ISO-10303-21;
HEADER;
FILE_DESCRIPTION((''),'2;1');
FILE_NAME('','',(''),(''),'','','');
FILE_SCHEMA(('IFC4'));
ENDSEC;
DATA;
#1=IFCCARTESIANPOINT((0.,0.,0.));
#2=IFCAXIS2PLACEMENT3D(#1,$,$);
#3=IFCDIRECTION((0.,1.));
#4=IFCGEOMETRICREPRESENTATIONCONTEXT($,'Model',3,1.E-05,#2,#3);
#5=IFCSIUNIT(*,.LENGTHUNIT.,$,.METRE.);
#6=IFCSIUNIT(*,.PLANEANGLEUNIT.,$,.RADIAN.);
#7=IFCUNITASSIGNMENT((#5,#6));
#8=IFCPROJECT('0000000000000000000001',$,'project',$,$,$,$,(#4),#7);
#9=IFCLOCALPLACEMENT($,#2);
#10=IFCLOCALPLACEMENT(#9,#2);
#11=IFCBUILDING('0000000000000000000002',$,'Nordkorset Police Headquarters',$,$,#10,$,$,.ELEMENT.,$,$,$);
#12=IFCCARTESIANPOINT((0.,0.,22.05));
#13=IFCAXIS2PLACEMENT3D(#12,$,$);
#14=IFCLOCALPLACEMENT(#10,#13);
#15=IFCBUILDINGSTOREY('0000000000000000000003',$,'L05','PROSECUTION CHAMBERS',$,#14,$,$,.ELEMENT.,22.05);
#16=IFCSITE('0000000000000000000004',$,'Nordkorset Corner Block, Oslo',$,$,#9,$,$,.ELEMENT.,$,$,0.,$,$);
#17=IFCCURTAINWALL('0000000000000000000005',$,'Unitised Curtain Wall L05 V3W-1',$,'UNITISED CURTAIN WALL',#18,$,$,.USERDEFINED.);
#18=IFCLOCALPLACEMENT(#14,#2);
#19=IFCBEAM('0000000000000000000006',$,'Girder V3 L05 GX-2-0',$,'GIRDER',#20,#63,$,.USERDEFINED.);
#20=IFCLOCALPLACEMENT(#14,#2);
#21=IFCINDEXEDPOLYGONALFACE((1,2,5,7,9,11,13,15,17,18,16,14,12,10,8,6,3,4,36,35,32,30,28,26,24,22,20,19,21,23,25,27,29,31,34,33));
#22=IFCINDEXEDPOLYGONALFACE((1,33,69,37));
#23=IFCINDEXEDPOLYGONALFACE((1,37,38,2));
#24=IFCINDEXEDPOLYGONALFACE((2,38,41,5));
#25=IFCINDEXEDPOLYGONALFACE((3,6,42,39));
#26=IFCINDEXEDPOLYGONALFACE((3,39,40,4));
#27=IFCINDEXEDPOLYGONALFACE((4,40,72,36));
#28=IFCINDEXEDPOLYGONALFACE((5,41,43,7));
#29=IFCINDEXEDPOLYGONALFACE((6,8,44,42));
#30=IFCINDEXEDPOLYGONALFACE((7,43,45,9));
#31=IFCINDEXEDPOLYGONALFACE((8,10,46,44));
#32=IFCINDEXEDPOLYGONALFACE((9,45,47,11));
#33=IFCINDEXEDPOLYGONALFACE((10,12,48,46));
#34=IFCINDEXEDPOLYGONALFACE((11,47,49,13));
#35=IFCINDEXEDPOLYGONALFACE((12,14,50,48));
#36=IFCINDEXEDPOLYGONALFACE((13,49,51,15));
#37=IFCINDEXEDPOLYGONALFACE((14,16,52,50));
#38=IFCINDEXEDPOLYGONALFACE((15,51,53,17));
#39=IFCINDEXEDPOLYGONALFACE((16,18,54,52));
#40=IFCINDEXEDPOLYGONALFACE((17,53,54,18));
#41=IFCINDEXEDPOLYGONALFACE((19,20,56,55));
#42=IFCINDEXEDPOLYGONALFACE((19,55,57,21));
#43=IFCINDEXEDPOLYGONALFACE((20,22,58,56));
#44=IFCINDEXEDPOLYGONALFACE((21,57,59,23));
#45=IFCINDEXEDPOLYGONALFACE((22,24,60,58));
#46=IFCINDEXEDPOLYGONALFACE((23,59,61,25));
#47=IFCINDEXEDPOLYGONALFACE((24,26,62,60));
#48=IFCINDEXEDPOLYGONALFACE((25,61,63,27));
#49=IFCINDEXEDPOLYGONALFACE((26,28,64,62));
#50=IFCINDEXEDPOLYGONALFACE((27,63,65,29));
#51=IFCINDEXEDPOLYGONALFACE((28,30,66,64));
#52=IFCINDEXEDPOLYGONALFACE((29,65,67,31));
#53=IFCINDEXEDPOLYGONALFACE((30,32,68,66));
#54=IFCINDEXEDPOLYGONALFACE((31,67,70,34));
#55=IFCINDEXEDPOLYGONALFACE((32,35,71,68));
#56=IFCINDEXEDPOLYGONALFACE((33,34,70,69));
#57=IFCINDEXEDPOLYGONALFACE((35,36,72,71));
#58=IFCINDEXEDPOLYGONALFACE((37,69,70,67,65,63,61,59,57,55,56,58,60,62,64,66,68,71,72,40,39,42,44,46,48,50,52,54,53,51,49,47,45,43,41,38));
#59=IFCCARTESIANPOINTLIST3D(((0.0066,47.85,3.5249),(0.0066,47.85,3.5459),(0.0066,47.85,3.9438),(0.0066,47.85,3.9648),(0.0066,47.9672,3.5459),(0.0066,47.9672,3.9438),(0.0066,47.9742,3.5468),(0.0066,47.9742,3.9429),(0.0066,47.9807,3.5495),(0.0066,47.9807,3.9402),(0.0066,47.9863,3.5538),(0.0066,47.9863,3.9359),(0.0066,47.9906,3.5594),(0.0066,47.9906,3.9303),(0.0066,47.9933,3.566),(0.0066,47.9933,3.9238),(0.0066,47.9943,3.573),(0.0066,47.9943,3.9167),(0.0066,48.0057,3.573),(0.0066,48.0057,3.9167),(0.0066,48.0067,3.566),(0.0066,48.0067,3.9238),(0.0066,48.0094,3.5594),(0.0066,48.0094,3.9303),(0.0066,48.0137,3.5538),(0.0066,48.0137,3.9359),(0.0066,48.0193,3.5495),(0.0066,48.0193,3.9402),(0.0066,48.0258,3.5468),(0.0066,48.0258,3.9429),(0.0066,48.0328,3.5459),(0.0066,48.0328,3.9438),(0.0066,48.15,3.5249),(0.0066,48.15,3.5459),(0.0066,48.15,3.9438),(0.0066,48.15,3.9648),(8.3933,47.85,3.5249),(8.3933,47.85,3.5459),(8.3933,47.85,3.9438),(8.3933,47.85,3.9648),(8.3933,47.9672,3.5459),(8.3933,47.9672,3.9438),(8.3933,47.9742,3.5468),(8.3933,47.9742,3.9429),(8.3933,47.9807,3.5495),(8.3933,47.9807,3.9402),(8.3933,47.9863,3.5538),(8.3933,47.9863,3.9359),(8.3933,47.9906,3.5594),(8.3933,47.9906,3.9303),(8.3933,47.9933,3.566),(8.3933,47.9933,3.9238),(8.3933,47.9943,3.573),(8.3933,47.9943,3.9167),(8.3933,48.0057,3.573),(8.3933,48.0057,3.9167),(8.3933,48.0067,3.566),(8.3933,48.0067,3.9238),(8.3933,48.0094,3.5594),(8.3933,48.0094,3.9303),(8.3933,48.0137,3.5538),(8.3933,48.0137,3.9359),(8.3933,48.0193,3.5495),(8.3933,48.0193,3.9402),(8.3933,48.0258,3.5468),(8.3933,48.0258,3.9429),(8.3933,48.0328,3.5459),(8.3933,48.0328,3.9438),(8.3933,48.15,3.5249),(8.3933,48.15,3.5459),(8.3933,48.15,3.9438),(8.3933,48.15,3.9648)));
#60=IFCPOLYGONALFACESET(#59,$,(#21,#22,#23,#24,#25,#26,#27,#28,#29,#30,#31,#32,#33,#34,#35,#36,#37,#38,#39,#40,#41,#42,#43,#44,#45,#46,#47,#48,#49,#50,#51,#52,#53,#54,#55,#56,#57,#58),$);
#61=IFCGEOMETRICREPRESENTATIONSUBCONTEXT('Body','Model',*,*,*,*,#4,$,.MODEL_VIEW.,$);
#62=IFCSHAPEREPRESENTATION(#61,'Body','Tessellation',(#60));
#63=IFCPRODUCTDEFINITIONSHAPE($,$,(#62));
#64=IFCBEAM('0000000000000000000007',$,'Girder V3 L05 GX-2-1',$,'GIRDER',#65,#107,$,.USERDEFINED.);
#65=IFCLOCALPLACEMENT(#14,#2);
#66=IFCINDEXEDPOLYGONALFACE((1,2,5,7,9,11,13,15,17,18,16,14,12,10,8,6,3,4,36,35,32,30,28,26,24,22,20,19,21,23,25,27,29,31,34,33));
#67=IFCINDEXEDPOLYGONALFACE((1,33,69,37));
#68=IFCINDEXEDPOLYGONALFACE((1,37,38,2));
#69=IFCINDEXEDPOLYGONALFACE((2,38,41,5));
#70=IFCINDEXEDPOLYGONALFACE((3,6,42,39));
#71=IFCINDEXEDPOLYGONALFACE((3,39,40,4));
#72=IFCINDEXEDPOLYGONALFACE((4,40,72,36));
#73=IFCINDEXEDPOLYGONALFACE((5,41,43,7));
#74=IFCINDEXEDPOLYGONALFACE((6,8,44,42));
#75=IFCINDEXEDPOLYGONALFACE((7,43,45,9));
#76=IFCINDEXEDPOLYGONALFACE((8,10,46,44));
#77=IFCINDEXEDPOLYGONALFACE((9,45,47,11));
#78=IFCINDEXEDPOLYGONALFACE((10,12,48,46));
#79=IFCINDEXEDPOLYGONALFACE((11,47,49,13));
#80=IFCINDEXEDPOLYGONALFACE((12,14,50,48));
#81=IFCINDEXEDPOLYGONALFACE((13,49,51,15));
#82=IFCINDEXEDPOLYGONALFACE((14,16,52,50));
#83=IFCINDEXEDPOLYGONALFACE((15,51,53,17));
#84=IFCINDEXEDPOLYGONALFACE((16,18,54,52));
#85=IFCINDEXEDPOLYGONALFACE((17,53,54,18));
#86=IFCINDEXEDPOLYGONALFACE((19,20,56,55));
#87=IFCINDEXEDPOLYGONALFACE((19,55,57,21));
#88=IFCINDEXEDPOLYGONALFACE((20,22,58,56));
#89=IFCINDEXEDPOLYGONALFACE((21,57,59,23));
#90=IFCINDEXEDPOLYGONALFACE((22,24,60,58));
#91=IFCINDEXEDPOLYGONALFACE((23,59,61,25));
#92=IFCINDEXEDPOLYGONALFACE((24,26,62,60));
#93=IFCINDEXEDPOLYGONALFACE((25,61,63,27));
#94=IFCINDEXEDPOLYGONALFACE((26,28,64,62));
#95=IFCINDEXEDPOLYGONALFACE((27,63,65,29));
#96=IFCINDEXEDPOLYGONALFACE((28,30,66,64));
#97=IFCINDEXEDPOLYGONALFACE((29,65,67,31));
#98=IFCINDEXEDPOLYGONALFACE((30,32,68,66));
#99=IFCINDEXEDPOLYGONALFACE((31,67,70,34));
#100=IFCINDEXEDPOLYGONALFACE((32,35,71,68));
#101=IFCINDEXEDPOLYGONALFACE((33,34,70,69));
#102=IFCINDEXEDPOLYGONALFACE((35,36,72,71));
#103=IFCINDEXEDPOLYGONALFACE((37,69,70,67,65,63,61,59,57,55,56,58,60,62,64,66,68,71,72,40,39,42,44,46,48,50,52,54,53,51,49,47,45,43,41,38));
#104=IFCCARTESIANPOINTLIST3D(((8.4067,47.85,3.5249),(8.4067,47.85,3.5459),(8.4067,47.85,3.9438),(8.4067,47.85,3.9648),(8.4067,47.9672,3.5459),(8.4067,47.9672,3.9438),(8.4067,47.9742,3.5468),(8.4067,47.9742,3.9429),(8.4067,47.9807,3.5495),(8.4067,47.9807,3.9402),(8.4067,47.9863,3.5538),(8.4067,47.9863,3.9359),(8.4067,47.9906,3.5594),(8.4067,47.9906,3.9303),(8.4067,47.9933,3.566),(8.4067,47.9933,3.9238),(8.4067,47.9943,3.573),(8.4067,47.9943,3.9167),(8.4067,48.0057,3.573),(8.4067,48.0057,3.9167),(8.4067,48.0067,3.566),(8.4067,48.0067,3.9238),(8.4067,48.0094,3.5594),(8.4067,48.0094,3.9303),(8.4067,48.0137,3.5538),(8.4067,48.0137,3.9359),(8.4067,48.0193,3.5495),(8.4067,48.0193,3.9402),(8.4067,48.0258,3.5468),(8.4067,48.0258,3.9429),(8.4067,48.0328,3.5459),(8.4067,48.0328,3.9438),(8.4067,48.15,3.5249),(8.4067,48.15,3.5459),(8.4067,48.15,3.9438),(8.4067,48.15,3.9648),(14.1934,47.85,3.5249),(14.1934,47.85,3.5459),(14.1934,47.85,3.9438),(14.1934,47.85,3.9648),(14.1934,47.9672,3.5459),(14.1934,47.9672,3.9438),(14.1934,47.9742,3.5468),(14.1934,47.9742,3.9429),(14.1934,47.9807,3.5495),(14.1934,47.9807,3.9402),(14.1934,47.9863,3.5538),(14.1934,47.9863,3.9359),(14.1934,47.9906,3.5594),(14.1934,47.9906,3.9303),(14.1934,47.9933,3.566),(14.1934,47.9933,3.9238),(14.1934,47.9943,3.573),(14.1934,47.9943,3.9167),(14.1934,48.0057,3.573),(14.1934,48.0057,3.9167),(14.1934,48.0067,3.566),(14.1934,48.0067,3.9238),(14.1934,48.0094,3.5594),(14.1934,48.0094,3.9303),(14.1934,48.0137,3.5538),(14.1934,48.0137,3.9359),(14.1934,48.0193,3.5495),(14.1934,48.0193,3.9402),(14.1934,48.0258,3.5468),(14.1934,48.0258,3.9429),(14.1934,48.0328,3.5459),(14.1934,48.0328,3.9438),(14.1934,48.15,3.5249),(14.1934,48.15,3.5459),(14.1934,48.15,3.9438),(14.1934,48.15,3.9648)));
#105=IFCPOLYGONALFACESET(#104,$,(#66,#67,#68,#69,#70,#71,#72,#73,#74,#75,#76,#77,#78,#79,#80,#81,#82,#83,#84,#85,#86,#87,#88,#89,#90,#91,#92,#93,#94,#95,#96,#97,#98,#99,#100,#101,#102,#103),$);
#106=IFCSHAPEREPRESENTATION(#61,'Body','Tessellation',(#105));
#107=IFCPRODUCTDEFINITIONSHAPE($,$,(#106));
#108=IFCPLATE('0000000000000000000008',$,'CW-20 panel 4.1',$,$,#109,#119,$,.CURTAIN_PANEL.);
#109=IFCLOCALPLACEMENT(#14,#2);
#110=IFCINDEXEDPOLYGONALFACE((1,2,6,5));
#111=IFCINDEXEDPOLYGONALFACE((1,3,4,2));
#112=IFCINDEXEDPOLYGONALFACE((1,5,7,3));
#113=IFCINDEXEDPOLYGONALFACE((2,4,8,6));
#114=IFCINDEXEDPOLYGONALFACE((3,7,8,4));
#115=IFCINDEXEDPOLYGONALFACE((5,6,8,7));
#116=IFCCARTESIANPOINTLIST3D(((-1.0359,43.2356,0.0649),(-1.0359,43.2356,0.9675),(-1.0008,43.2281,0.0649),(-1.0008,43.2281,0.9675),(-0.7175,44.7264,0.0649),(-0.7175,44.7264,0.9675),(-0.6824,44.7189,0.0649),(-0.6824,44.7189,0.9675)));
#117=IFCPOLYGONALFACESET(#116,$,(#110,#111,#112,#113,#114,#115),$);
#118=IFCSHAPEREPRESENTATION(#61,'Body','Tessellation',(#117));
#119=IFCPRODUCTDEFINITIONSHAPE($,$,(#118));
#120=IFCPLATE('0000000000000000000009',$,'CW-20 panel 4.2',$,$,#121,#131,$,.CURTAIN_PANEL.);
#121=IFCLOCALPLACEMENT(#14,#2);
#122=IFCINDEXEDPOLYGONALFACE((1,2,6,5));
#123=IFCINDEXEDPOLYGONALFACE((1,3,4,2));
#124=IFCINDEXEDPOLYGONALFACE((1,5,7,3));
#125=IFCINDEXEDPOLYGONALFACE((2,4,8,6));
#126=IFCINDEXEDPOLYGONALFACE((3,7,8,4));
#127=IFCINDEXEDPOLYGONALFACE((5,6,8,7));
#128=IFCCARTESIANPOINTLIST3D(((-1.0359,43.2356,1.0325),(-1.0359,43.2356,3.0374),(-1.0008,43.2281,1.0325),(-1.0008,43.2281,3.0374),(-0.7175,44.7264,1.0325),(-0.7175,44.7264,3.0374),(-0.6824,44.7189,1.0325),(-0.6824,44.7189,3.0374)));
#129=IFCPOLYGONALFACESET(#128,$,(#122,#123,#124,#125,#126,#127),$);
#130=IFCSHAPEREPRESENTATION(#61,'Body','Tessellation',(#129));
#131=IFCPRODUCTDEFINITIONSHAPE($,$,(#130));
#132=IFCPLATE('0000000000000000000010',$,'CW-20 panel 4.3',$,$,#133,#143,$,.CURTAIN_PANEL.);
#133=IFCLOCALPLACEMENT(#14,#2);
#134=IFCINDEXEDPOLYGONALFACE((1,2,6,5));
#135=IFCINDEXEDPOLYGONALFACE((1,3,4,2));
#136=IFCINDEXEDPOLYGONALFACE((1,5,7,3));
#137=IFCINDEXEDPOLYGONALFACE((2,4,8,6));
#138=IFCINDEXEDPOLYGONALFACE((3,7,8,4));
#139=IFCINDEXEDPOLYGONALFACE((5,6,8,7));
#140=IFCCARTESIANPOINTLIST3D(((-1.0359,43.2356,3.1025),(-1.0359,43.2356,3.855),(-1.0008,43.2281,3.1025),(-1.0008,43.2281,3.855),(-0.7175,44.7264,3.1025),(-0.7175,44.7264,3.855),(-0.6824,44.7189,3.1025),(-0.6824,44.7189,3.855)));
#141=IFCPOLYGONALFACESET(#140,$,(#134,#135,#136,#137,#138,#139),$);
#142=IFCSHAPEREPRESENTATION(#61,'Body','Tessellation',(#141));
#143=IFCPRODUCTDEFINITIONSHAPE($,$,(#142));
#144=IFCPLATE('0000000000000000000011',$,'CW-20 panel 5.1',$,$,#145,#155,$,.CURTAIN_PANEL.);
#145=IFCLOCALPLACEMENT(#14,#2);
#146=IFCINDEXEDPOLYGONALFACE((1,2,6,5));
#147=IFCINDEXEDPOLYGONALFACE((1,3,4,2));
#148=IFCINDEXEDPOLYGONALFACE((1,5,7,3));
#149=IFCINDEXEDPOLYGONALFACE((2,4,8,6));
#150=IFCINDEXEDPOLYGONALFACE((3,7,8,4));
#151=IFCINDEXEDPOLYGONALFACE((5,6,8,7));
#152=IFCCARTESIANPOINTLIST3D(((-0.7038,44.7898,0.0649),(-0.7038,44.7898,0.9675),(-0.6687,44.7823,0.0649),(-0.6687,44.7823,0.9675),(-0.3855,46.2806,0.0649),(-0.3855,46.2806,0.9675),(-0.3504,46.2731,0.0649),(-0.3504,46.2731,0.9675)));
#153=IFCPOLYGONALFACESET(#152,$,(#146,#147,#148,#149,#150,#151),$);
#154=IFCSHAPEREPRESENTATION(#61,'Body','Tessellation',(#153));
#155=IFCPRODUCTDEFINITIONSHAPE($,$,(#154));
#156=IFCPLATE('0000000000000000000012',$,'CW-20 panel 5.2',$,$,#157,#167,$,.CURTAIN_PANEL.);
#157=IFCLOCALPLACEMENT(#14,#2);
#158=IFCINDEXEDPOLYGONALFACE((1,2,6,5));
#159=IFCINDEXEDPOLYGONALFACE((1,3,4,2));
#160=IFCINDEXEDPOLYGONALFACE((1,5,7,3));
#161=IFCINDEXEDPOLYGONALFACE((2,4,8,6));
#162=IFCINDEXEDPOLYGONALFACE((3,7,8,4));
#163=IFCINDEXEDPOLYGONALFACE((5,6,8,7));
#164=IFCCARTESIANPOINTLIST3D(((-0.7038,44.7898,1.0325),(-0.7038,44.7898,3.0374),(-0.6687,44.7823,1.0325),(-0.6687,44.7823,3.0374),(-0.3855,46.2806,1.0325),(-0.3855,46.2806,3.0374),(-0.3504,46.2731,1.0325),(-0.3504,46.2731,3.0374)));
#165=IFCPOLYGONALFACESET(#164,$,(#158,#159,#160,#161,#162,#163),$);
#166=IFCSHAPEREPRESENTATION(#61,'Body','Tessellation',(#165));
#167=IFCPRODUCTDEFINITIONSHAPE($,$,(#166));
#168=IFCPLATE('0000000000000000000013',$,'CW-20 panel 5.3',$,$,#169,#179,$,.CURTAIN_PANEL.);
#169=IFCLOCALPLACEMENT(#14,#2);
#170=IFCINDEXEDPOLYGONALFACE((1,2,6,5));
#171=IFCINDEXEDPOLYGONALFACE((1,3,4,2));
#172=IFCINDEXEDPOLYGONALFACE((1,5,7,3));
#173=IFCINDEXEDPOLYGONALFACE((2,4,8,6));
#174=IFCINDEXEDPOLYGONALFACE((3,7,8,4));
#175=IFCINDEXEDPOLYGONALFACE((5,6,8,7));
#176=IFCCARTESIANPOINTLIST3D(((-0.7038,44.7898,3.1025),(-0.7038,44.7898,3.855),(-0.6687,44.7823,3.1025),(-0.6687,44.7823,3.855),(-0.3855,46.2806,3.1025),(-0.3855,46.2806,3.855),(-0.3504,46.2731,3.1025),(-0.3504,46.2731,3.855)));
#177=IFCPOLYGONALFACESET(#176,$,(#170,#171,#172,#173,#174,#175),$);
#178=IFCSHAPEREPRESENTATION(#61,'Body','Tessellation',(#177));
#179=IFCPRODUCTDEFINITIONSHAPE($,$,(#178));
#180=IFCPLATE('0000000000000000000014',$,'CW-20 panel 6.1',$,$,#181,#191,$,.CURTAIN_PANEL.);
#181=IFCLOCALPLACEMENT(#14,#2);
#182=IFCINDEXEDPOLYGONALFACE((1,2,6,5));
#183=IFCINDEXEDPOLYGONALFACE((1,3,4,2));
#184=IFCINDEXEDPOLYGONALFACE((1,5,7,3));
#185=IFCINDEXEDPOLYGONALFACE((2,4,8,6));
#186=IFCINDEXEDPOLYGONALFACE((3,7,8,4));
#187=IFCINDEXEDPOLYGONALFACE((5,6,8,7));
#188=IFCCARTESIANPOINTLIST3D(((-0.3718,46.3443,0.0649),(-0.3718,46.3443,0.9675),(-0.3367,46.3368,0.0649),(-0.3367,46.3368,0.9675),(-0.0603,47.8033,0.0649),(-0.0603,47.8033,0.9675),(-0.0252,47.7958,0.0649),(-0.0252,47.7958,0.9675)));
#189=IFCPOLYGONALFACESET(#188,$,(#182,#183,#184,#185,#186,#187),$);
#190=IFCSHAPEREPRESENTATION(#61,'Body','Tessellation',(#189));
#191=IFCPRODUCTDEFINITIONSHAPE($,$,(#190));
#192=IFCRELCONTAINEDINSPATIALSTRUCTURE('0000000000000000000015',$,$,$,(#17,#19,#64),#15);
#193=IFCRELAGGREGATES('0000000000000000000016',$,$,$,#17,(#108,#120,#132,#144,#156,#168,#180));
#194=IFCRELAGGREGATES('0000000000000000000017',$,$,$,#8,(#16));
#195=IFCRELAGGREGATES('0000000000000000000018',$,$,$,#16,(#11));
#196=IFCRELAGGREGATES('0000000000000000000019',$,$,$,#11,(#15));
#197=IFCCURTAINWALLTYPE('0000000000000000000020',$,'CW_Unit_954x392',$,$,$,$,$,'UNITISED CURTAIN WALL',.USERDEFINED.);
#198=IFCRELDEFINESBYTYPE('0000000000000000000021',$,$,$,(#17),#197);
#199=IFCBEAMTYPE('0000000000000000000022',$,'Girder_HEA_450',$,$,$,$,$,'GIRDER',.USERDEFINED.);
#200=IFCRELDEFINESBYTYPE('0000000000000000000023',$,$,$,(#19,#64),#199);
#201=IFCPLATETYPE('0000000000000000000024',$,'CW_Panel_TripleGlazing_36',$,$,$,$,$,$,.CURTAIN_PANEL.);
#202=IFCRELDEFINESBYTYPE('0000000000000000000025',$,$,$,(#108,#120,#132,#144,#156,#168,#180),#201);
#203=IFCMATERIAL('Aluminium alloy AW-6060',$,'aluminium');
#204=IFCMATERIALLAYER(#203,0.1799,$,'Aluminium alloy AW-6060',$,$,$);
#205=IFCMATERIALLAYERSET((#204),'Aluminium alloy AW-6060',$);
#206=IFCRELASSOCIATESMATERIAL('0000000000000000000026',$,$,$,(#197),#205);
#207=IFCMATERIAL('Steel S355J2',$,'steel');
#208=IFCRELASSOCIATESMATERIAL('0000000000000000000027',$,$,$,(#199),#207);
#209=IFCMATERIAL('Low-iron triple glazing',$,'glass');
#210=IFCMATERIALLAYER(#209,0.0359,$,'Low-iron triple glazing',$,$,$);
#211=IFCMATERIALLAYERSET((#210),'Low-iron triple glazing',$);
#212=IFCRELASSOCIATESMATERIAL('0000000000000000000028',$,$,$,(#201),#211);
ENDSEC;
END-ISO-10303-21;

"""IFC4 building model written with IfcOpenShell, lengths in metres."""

from ifc_helpers import new_model, si_unit, direction, frame, origin, origin_2d, place, context, subcontext, project, spatial, rectangle, i_section, extrude, material, layer, layer_set, material_profile, profile_set, type_object, element, aggregate, save


model = new_model("IFC4")

# Units and contexts
model_context = context("Model", 3, precision=1e-05, world=origin(), true_north=direction((0.0, 1.0)))
body_context = subcontext(model_context, "Body", "Model", "MODEL_VIEW")
ifc_project = project(units=[si_unit("LENGTHUNIT", "METRE"), si_unit("PLANEANGLEUNIT", "RADIAN")], contexts=[model_context])

# Site, building, storey
site_placement = place(None, origin())
site = spatial("IfcSite", under=ifc_project, at=site_placement, Name="Nordkorset Corner Block, Oslo", CompositionType="ELEMENT", RefElevation=0.0)
building_placement = place(site_placement, origin())
building = spatial("IfcBuilding", under=site, at=building_placement, Name="Nordkorset Police Headquarters", CompositionType="ELEMENT")
storey_placement = place(building_placement, frame((0.0, 0.0, 22.05)))
storey = spatial("IfcBuildingStorey", under=building, at=storey_placement, Name="L05", Description="PROSECUTION CHAMBERS", CompositionType="ELEMENT", Elevation=22.05)

# Curtain wall
ifc_material_1 = material(Name="Aluminium alloy AW-6060", Category="aluminium")
ifc_layer_1 = layer(ifc_material_1, 0.1799, Name="Aluminium alloy AW-6060")
ifc_layer_set_1 = layer_set([ifc_layer_1], Name="Aluminium alloy AW-6060")
curtain_wall_type = type_object("IfcCurtainWallType", Name="CW_Unit_954x392", ElementType="UNITISED CURTAIN WALL", PredefinedType="USERDEFINED", material=ifc_layer_set_1)
curtain_wall_placement = place(storey_placement, origin())
curtain_wall = element("IfcCurtainWall", 1, at=curtain_wall_placement, inside=storey, type_object=curtain_wall_type, Name="Unitised Curtain Wall L05 V3W-1", ObjectType="UNITISED CURTAIN WALL", PredefinedType="USERDEFINED")

# Beams
ifc_material_2 = material(Name="Steel S355J2", Category="steel")
ifc_material_profile_1 = material_profile(ifc_material_2, i_section(OverallWidth=0.3, OverallDepth=0.4399, WebThickness=0.0115, FlangeThickness=0.021, FilletRadius=0.0271, at=origin_2d()), Name="HEA 450")
ifc_profile_set_1 = profile_set([ifc_material_profile_1], Name="Steel S355J2")
beam_type_1 = type_object("IfcBeamType", Name="Girder_HEA_450", ElementType="GIRDER", PredefinedType="USERDEFINED", material=ifc_profile_set_1)
beam_1_placement = place(storey_placement, frame((0.0066, 48.0, 3.7449), z_axis=(1.0, 0.0, 0.0), x_axis=(0.0, 1.0, 0.0)))
element("IfcBeam", 2, at=beam_1_placement, inside=storey, type_object=beam_type_1, Name="Girder V3 L05 GX-2-0", ObjectType="GIRDER", PredefinedType="USERDEFINED", context=body_context, shape_type="SweptSolid", body=[
    extrude(i_section(OverallWidth=0.3, OverallDepth=0.4399, WebThickness=0.0115, FlangeThickness=0.021, FilletRadius=0.0271, at=origin_2d()), origin(), (0.0, 0.0, 1.0), 8.3867),
])
beam_2_placement = place(storey_placement, frame((8.4067, 48.0, 3.7449), z_axis=(1.0, 0.0, 0.0), x_axis=(0.0, 1.0, 0.0)))
element("IfcBeam", 3, at=beam_2_placement, inside=storey, type_object=beam_type_1, Name="Girder V3 L05 GX-2-1", ObjectType="GIRDER", PredefinedType="USERDEFINED", context=body_context, shape_type="SweptSolid", body=[
    extrude(i_section(OverallWidth=0.3, OverallDepth=0.4399, WebThickness=0.0115, FlangeThickness=0.021, FilletRadius=0.0271, at=origin_2d()), origin(), (0.0, 0.0, 1.0), 5.7866),
])

# Plates
ifc_material_3 = material(Name="Low-iron triple glazing", Category="glass")
ifc_layer_2 = layer(ifc_material_3, 0.0359, Name="Low-iron triple glazing")
ifc_layer_set_2 = layer_set([ifc_layer_2], Name="Low-iron triple glazing")
plate_type_1 = type_object("IfcPlateType", Name="CW_Panel_TripleGlazing_36", PredefinedType="CURTAIN_PANEL", material=ifc_layer_set_2)
plate_1_placement = place(storey_placement, frame((-0.8591, 43.9773, 0.0649), z_axis=(0.0, 0.0, 1.0), x_axis=(0.208833, 0.977951, 0.0)))
plate_1 = element("IfcPlate", 4, at=plate_1_placement, type_object=plate_type_1, Name="CW-20 panel 4.1", PredefinedType="CURTAIN_PANEL", context=body_context, shape_type="SweptSolid", body=[
    extrude(rectangle(XDim=1.5244, YDim=0.0359, at=origin_2d()), origin(), (0.0, 0.0, 1.0), 0.9026),
])
plate_2_placement = place(storey_placement, frame((-0.8591, 43.9773, 1.0325), z_axis=(0.0, 0.0, 1.0), x_axis=(0.208833, 0.977951, 0.0)))
plate_2 = element("IfcPlate", 5, at=plate_2_placement, type_object=plate_type_1, Name="CW-20 panel 4.2", PredefinedType="CURTAIN_PANEL", context=body_context, shape_type="SweptSolid", body=[
    extrude(rectangle(XDim=1.5244, YDim=0.0359, at=origin_2d()), origin(), (0.0, 0.0, 1.0), 2.0049),
])
plate_3_placement = place(storey_placement, frame((-0.8591, 43.9773, 3.1025), z_axis=(0.0, 0.0, 1.0), x_axis=(0.208833, 0.977951, 0.0)))
plate_3 = element("IfcPlate", 6, at=plate_3_placement, type_object=plate_type_1, Name="CW-20 panel 4.3", PredefinedType="CURTAIN_PANEL", context=body_context, shape_type="SweptSolid", body=[
    extrude(rectangle(XDim=1.5244, YDim=0.0359, at=origin_2d()), origin(), (0.0, 0.0, 1.0), 0.7524),
])
plate_4_placement = place(storey_placement, frame((-0.5271, 45.5315, 0.0649), z_axis=(0.0, 0.0, 1.0), x_axis=(0.208833, 0.977951, 0.0)))
plate_4 = element("IfcPlate", 7, at=plate_4_placement, type_object=plate_type_1, Name="CW-20 panel 5.1", PredefinedType="CURTAIN_PANEL", context=body_context, shape_type="SweptSolid", body=[
    extrude(rectangle(XDim=1.5244, YDim=0.0359, at=origin_2d()), origin(), (0.0, 0.0, 1.0), 0.9026),
])
plate_5_placement = place(storey_placement, frame((-0.5271, 45.5315, 1.0325), z_axis=(0.0, 0.0, 1.0), x_axis=(0.208833, 0.977951, 0.0)))
plate_5 = element("IfcPlate", 8, at=plate_5_placement, type_object=plate_type_1, Name="CW-20 panel 5.2", PredefinedType="CURTAIN_PANEL", context=body_context, shape_type="SweptSolid", body=[
    extrude(rectangle(XDim=1.5244, YDim=0.0359, at=origin_2d()), origin(), (0.0, 0.0, 1.0), 2.0049),
])
plate_6_placement = place(storey_placement, frame((-0.5271, 45.5315, 3.1025), z_axis=(0.0, 0.0, 1.0), x_axis=(0.208833, 0.977951, 0.0)))
plate_6 = element("IfcPlate", 9, at=plate_6_placement, type_object=plate_type_1, Name="CW-20 panel 5.3", PredefinedType="CURTAIN_PANEL", context=body_context, shape_type="SweptSolid", body=[
    extrude(rectangle(XDim=1.5244, YDim=0.0359, at=origin_2d()), origin(), (0.0, 0.0, 1.0), 0.7524),
])
plate_7_placement = place(storey_placement, frame((-0.1985, 47.0701, 0.0649), z_axis=(0.0, 0.0, 1.0), x_axis=(0.208833, 0.977951, 0.0)))
plate_7 = element("IfcPlate", 10, at=plate_7_placement, type_object=plate_type_1, Name="CW-20 panel 6.1", PredefinedType="CURTAIN_PANEL", context=body_context, shape_type="SweptSolid", body=[
    extrude(rectangle(XDim=1.4919, YDim=0.0359, at=origin_2d()), origin(), (0.0, 0.0, 1.0), 0.9026),
])
aggregate(curtain_wall, [plate_1, plate_2, plate_3, plate_4, plate_5, plate_6, plate_7])

save(model, "model.ifc")
